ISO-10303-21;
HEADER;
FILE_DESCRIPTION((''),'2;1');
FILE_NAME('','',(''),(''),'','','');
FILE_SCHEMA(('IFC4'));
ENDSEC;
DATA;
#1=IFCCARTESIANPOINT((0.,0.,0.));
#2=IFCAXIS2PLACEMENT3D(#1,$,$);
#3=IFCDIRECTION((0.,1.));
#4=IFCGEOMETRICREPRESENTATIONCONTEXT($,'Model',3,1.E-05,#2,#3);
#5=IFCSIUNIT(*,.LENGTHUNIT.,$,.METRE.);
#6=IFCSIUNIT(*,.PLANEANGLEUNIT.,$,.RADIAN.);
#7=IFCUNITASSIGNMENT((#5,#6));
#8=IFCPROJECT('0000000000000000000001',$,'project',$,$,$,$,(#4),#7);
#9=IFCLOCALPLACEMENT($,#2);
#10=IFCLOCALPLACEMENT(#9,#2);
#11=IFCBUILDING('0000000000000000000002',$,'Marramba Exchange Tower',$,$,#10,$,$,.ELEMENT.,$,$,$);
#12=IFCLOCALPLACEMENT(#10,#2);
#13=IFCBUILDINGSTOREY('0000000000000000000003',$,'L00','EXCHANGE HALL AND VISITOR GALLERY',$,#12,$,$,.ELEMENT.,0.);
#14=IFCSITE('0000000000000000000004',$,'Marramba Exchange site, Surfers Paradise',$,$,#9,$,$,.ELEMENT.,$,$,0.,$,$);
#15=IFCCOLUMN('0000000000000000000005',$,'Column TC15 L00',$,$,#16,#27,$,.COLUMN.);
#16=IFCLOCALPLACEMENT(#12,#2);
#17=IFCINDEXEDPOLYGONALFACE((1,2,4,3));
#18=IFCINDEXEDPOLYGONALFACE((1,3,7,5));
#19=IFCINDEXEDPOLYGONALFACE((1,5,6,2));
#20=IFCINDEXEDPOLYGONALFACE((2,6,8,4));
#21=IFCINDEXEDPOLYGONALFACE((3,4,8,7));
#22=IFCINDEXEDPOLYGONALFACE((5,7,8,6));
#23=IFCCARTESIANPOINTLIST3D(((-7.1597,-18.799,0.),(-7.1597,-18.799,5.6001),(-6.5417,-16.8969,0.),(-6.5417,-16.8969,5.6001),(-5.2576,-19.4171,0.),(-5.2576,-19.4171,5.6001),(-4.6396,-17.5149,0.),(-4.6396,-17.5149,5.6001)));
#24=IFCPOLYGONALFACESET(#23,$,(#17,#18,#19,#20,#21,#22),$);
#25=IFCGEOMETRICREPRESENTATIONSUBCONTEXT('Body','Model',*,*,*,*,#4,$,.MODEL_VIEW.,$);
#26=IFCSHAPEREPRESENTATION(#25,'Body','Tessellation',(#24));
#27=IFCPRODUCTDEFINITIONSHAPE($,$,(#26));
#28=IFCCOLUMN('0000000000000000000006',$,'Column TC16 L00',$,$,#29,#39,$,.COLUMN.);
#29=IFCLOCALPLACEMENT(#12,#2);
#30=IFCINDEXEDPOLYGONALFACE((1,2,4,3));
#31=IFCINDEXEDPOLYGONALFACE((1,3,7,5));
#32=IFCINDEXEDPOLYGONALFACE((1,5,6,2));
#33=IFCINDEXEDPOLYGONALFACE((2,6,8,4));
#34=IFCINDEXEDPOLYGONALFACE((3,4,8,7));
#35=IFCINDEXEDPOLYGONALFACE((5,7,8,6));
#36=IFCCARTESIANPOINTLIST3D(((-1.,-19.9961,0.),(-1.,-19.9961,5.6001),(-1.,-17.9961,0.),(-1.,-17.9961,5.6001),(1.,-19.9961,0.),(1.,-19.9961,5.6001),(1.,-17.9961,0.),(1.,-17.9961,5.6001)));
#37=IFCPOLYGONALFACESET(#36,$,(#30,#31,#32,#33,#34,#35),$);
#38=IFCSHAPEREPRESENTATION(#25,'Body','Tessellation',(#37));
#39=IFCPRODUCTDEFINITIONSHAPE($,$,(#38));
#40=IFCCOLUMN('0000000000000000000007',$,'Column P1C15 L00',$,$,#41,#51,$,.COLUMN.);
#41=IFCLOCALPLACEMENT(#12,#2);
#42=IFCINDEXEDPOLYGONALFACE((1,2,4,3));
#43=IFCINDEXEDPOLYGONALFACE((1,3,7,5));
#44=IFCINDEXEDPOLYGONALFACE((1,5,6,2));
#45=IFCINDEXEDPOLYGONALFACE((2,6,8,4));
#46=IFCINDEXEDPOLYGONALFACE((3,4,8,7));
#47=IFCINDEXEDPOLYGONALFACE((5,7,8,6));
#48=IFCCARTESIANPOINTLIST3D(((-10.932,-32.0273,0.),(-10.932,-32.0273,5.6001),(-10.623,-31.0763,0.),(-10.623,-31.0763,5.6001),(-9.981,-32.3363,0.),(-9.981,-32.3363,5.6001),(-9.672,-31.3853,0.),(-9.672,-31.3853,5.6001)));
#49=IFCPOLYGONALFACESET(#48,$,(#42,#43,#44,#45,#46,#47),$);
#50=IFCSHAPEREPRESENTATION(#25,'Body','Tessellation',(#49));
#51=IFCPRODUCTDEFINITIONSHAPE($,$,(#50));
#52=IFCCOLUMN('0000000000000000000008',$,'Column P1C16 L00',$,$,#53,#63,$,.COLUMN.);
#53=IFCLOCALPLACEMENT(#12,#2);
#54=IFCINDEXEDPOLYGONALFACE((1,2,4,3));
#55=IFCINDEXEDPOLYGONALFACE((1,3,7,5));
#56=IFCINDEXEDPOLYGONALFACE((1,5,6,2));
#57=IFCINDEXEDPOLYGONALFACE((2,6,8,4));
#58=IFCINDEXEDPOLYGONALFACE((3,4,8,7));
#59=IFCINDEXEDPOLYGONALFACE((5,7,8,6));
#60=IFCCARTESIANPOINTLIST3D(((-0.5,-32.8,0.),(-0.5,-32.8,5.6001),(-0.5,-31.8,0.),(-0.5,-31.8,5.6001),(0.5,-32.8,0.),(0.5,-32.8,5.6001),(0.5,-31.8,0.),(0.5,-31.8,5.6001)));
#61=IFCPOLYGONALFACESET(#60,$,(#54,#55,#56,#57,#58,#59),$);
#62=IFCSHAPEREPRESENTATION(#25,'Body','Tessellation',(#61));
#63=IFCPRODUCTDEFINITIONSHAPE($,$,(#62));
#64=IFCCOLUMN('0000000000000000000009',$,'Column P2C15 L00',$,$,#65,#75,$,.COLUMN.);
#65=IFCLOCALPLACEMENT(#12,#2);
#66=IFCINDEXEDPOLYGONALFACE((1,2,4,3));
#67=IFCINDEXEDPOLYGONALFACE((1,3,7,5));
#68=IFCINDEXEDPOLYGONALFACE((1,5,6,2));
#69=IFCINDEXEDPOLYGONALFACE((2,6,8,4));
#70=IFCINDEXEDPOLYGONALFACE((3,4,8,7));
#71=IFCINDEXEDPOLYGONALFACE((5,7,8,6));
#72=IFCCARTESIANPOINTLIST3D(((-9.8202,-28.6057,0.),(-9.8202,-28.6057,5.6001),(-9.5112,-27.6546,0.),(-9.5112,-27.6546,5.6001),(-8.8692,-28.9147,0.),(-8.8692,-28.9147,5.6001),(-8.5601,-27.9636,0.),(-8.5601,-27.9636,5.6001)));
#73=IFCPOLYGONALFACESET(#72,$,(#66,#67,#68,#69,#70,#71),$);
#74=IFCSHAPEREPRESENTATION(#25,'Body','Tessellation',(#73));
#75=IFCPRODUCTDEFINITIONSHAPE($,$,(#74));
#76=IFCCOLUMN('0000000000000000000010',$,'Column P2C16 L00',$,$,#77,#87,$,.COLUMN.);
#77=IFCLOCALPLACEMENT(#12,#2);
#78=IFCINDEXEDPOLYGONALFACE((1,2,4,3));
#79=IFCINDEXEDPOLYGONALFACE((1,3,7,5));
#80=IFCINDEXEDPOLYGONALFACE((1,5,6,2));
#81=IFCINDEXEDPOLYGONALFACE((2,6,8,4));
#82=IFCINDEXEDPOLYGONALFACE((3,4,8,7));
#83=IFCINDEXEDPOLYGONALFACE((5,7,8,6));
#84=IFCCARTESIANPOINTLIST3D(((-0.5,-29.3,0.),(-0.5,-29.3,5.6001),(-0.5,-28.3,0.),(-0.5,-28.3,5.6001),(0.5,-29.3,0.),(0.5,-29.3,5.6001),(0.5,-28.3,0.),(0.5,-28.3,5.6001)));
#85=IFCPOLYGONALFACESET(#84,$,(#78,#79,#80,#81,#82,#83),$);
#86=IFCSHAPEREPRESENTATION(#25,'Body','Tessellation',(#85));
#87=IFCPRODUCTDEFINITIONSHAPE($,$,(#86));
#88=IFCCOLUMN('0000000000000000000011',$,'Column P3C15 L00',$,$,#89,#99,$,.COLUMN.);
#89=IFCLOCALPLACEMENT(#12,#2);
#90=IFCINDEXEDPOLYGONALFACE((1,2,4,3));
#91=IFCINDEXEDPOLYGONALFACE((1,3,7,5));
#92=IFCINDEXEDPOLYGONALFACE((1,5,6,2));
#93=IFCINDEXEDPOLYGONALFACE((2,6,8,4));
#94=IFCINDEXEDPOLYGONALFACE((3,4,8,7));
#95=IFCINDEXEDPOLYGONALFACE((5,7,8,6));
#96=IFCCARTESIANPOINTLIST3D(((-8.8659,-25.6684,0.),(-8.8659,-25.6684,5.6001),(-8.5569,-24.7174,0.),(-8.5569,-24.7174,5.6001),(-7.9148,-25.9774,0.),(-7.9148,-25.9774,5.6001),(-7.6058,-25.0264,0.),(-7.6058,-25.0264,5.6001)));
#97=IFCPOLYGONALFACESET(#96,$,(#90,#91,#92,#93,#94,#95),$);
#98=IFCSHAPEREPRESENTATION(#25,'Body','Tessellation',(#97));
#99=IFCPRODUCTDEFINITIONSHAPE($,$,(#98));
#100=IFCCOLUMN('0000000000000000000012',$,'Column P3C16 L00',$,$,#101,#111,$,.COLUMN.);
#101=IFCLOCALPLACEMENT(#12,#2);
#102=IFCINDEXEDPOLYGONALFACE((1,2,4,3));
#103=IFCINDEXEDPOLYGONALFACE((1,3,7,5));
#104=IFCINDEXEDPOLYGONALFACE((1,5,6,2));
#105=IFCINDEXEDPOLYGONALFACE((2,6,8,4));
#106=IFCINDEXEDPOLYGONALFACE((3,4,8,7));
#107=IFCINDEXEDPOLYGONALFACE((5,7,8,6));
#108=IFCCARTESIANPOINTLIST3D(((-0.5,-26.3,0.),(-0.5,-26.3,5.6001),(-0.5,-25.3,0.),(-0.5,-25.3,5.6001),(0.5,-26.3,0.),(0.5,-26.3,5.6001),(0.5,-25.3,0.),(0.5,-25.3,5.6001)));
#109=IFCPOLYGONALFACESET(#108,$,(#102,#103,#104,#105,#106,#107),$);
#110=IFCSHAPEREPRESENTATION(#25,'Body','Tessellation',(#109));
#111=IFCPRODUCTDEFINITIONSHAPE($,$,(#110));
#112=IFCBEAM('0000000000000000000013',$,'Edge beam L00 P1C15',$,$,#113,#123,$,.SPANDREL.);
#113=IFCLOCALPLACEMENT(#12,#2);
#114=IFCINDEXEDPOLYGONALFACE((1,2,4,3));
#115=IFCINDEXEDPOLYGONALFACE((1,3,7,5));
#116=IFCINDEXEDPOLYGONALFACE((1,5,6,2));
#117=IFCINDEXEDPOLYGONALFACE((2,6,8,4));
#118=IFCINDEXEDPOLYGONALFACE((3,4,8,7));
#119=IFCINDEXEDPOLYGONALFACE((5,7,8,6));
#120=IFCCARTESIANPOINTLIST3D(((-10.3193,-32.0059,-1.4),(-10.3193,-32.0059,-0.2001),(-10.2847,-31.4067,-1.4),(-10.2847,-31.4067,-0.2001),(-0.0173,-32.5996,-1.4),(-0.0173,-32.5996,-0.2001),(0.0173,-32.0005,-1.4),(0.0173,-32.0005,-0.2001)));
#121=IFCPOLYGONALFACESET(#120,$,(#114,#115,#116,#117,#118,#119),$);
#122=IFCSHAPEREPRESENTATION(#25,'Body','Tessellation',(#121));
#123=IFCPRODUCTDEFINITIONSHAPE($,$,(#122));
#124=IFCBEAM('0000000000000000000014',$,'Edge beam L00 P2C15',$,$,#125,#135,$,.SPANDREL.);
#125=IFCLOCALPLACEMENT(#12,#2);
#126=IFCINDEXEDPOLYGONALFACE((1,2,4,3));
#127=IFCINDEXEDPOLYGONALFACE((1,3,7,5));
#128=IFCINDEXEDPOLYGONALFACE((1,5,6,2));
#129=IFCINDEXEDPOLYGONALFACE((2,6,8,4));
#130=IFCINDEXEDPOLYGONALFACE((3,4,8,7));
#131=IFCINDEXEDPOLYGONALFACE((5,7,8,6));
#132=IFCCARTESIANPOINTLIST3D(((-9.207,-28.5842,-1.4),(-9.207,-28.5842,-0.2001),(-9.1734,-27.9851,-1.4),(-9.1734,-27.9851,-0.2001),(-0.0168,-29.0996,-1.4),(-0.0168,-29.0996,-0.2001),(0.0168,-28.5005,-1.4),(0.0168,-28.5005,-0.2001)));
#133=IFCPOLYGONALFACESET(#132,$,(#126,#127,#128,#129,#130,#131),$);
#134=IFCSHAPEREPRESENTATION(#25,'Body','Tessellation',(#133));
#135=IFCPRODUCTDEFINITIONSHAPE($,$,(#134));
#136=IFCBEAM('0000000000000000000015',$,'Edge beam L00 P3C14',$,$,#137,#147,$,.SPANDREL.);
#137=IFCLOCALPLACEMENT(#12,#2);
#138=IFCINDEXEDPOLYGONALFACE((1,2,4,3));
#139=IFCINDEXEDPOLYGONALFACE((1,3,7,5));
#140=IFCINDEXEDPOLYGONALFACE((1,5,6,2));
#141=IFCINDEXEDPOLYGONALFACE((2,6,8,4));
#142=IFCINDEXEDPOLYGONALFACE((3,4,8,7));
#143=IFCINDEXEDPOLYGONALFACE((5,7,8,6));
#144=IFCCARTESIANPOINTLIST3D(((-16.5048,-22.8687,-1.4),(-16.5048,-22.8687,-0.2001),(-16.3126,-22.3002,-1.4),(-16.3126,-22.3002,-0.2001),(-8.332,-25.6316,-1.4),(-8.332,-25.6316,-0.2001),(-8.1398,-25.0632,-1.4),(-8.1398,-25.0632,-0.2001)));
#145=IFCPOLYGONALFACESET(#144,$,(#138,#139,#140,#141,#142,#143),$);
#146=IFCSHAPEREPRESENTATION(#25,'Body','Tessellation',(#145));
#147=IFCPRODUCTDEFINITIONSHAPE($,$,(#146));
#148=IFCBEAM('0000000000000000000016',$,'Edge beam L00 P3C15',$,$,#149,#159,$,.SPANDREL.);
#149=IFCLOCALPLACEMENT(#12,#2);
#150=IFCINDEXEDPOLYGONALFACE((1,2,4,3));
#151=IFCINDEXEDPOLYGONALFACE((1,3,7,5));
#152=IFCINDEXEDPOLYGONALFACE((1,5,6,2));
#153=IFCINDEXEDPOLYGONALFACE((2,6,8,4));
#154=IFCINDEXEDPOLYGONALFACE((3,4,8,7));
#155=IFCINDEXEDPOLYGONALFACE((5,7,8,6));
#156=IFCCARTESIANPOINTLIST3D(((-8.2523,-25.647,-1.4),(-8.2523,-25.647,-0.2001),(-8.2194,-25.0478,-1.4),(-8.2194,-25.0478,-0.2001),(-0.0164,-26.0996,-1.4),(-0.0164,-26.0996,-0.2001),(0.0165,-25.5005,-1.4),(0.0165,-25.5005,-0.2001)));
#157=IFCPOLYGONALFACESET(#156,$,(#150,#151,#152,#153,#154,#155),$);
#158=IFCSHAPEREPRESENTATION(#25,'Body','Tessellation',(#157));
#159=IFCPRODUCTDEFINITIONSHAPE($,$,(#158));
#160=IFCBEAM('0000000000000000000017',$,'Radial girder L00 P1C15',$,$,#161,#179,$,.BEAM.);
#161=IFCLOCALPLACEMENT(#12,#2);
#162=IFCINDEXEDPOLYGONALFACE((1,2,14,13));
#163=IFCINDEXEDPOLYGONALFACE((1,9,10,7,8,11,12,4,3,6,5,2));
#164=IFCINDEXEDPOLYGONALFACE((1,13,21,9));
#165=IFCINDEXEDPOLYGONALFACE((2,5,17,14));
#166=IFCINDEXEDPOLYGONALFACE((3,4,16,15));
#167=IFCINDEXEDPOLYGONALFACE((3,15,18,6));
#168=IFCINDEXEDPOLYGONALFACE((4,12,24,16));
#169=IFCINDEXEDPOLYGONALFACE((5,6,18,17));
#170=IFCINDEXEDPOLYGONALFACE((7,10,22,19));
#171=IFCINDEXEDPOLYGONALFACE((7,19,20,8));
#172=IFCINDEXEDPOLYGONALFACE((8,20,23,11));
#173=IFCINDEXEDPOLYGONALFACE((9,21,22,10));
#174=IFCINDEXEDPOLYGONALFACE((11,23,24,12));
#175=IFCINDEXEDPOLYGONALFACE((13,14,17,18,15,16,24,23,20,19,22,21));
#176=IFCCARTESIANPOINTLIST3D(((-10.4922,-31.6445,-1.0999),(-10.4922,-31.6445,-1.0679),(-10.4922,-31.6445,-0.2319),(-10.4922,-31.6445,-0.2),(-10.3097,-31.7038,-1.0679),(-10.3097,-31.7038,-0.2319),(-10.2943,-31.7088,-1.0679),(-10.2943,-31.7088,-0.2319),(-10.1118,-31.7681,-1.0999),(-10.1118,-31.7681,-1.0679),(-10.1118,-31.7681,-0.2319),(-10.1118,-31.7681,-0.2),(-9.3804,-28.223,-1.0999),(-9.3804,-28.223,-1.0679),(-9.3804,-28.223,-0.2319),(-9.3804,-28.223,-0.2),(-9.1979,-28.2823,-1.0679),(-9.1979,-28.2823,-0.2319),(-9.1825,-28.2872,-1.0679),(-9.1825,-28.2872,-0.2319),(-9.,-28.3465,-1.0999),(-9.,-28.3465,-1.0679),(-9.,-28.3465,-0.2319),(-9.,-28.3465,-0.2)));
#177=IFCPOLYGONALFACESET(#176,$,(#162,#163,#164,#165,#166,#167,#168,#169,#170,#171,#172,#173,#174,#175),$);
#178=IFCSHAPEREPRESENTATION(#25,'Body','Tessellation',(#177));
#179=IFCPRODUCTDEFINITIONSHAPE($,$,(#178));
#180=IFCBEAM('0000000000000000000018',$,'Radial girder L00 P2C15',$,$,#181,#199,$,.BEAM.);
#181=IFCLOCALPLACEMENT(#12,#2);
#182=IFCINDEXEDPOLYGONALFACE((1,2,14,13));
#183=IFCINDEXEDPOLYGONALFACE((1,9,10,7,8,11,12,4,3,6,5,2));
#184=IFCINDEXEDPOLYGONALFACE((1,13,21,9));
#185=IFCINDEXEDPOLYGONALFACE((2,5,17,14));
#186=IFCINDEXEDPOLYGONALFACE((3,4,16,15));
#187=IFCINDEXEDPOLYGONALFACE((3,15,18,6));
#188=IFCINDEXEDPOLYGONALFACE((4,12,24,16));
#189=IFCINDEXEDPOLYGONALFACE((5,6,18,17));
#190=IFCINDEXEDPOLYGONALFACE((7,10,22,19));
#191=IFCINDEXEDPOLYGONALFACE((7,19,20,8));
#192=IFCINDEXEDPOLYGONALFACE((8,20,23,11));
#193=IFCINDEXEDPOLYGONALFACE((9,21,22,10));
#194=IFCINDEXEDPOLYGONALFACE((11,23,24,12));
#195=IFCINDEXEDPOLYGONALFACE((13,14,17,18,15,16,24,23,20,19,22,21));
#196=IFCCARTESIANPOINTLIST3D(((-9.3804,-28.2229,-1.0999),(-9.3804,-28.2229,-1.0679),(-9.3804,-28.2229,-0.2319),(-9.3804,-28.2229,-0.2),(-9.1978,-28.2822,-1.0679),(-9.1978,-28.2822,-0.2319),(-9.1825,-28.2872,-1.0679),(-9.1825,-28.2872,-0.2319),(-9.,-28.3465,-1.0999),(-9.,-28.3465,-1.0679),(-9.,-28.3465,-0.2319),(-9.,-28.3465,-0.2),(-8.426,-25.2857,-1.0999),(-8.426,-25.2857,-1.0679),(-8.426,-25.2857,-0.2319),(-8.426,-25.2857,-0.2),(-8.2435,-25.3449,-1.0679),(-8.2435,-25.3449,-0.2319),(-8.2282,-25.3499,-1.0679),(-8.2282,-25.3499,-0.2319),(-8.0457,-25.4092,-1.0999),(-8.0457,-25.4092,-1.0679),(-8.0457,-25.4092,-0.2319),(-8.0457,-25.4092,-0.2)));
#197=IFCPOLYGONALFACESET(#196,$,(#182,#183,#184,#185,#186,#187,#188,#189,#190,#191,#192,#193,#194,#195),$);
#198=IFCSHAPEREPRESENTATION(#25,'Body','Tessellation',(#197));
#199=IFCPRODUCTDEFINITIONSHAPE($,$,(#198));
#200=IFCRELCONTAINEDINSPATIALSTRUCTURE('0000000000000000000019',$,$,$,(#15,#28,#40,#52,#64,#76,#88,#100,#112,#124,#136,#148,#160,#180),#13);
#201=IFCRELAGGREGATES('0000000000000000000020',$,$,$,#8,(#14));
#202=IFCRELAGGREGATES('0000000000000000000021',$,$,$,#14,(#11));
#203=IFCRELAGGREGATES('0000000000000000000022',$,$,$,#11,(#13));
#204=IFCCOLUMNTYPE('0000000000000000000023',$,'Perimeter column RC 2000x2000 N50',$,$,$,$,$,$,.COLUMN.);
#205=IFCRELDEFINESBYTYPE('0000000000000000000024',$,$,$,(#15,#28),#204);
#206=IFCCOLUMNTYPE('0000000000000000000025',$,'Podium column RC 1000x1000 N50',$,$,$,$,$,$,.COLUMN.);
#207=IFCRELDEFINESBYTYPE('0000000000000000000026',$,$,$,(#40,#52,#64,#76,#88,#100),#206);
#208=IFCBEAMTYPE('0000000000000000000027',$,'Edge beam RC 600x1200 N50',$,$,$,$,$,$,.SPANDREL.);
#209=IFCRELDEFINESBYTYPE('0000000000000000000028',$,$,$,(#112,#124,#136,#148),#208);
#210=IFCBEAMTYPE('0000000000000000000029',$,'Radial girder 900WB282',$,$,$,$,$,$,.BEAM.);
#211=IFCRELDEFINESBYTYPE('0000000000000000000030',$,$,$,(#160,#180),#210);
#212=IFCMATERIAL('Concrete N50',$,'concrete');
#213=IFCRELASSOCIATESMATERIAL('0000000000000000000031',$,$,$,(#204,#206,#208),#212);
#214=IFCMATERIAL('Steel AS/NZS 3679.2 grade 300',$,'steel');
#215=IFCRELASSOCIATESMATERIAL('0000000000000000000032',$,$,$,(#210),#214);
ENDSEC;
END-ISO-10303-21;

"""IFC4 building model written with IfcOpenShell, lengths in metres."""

from ifc_helpers import new_model, si_unit, direction, frame, origin, origin_2d, place, context, subcontext, project, spatial, rectangle, i_section, extrude, material, material_profile, profile_set, type_object, element, save


model = new_model("IFC4")

# Units and contexts
model_context = context("Model", 3, precision=1e-05, world=origin(), true_north=direction((0.0, 1.0)))
body_context = subcontext(model_context, "Body", "Model", "MODEL_VIEW")
ifc_project = project(units=[si_unit("LENGTHUNIT", "METRE"), si_unit("PLANEANGLEUNIT", "RADIAN")], contexts=[model_context])

# Site, building, storey
site_placement = place(None, origin())
site = spatial("IfcSite", under=ifc_project, at=site_placement, Name="Marramba Exchange site, Surfers Paradise", CompositionType="ELEMENT", RefElevation=0.0)
building_placement = place(site_placement, origin())
building = spatial("IfcBuilding", under=site, at=building_placement, Name="Marramba Exchange Tower", CompositionType="ELEMENT")
storey_placement = place(building_placement, origin())
storey = spatial("IfcBuildingStorey", under=building, at=storey_placement, Name="L00", Description="EXCHANGE HALL AND VISITOR GALLERY", CompositionType="ELEMENT", Elevation=0.0)

# Columns
ifc_material_1 = material(Name="Concrete N50", Category="concrete")
ifc_material_profile_1 = material_profile(ifc_material_1, rectangle(XDim=2.0, YDim=2.0, at=origin_2d()), Name="RC 2000x2000")
ifc_profile_set_1 = profile_set([ifc_material_profile_1], Name="Concrete N50")
column_type_1 = type_object("IfcColumnType", Name="Perimeter column RC 2000x2000 N50", PredefinedType="COLUMN", material=ifc_profile_set_1)
for number, where, z_axis, x_axis, name in (
    (1, (-5.8997, -18.157, 0.0), (0.0, 0.0, 1.0), (-0.309017, -0.951057, 0.0), "Column TC15 L00"),
    (2, (0.0, -18.9961, 0.0), (0.0, 0.0, 1.0), (0.0, -1.0, 0.0), "Column TC16 L00"),
):
    element("IfcColumn", number, at=place(storey_placement, frame(where, z_axis=z_axis, x_axis=x_axis)), inside=storey, type_object=column_type_1, Name=name, PredefinedType="COLUMN", context=body_context, shape_type="SweptSolid", body=[
        extrude(rectangle(XDim=2.0, YDim=2.0, at=origin_2d()), origin(), (0.0, 0.0, 1.0), 5.6001),
    ])
ifc_material_profile_2 = material_profile(ifc_material_1, rectangle(XDim=1.0, YDim=1.0, at=origin_2d()), Name="RC 1000x1000")
ifc_profile_set_2 = profile_set([ifc_material_profile_2], Name="Concrete N50")
column_type_2 = type_object("IfcColumnType", Name="Podium column RC 1000x1000 N50", PredefinedType="COLUMN", material=ifc_profile_set_2)
for number, where, z_axis, x_axis, name in (
    (3, (-10.302, -31.7063, 0.0), (0.0, 0.0, 1.0), (-0.309017, -0.951057, 0.0), "Column P1C15 L00"),
    (4, (0.0, -32.3, 0.0), (0.0, 0.0, 1.0), (0.0, -1.0, 0.0), "Column P1C16 L00"),
    (5, (-9.1902, -28.2847, 0.0), (0.0, 0.0, 1.0), (-0.309017, -0.951057, 0.0), "Column P2C15 L00"),
    (6, (0.0, -28.8, 0.0), (0.0, 0.0, 1.0), (0.0, -1.0, 0.0), "Column P2C16 L00"),
    (7, (-8.2358, -25.3474, 0.0), (0.0, 0.0, 1.0), (-0.309017, -0.951057, 0.0), "Column P3C15 L00"),
    (8, (0.0, -25.8, 0.0), (0.0, 0.0, 1.0), (0.0, -1.0, 0.0), "Column P3C16 L00"),
):
    element("IfcColumn", number, at=place(storey_placement, frame(where, z_axis=z_axis, x_axis=x_axis)), inside=storey, type_object=column_type_2, Name=name, PredefinedType="COLUMN", context=body_context, shape_type="SweptSolid", body=[
        extrude(rectangle(XDim=1.0, YDim=1.0, at=origin_2d()), origin(), (0.0, 0.0, 1.0), 5.6001),
    ])

# Beams
ifc_material_profile_3 = material_profile(ifc_material_1, rectangle(XDim=0.6001, YDim=1.2, at=origin_2d()), Name="RC 600x1200")
ifc_profile_set_3 = profile_set([ifc_material_profile_3], Name="Concrete N50")
beam_type_1 = type_object("IfcBeamType", Name="Edge beam RC 600x1200 N50", PredefinedType="SPANDREL", material=ifc_profile_set_3)
beam_1_placement = place(storey_placement, frame((-10.302, -31.7063, -0.8), z_axis=(0.998343, -0.057539, 0.0), x_axis=(0.057539, 0.998343, 0.0)))
element("IfcBeam", 9, at=beam_1_placement, inside=storey, type_object=beam_type_1, Name="Edge beam L00 P1C15", PredefinedType="SPANDREL", context=body_context, shape_type="SweptSolid", body=[
    extrude(rectangle(XDim=0.6001, YDim=1.2, at=origin_2d()), origin(), (0.0, 0.0, 1.0), 10.3191),
])
beam_2_placement = place(storey_placement, frame((-9.1902, -28.2847, -0.8), z_axis=(0.998431, -0.055992, 0.0), x_axis=(0.055992, 0.998431, 0.0)))
element("IfcBeam", 10, at=beam_2_placement, inside=storey, type_object=beam_type_1, Name="Edge beam L00 P2C15", PredefinedType="SPANDREL", context=body_context, shape_type="SweptSolid", body=[
    extrude(rectangle(XDim=0.6001, YDim=1.2, at=origin_2d()), origin(), (0.0, 0.0, 1.0), 9.2046),
])
beam_3_placement = place(storey_placement, frame((-16.4087, -22.5845, -0.8), z_axis=(0.947331, -0.320257, 0.0), x_axis=(0.320257, 0.947331, 0.0)))
element("IfcBeam", 11, at=beam_3_placement, inside=storey, type_object=beam_type_1, Name="Edge beam L00 P3C14", PredefinedType="SPANDREL", context=body_context, shape_type="SweptSolid", body=[
    extrude(rectangle(XDim=0.6001, YDim=1.2, at=origin_2d()), origin(), (0.0, 0.0, 1.0), 8.6272),
])
beam_4_placement = place(storey_placement, frame((-8.2358, -25.3474, -0.8), z_axis=(0.998493, -0.054877, 0.0), x_axis=(0.054877, 0.998493, 0.0)))
element("IfcBeam", 12, at=beam_4_placement, inside=storey, type_object=beam_type_1, Name="Edge beam L00 P3C15", PredefinedType="SPANDREL", context=body_context, shape_type="SweptSolid", body=[
    extrude(rectangle(XDim=0.6001, YDim=1.2, at=origin_2d()), origin(), (0.0, 0.0, 1.0), 8.2483),
])
ifc_material_2 = material(Name="Steel AS/NZS 3679.2 grade 300", Category="steel")
ifc_material_profile_4 = material_profile(ifc_material_2, i_section(OverallWidth=0.3999, OverallDepth=0.8999, WebThickness=0.0161, FlangeThickness=0.032, at=origin_2d()), Name="900WB282")
ifc_profile_set_4 = profile_set([ifc_material_profile_4], Name="Steel AS/NZS 3679.2 grade 300")
beam_type_2 = type_object("IfcBeamType", Name="Radial girder 900WB282", PredefinedType="BEAM", material=ifc_profile_set_4)
beam_5_placement = place(storey_placement, frame((-10.302, -31.7063, -0.6499), z_axis=(0.309032, 0.951052, 0.0), x_axis=(-0.951052, 0.309032, 0.0)))
element("IfcBeam", 13, at=beam_5_placement, inside=storey, type_object=beam_type_2, Name="Radial girder L00 P1C15", PredefinedType="BEAM", context=body_context, shape_type="SweptSolid", body=[
    extrude(i_section(OverallWidth=0.3999, OverallDepth=0.8999, WebThickness=0.0161, FlangeThickness=0.032, at=origin_2d()), origin(), (0.0, 0.0, 1.0), 3.5977),
])
beam_6_placement = place(storey_placement, frame((-9.1902, -28.2847, -0.6499), z_axis=(0.309009, 0.951059, 0.0), x_axis=(-0.951059, 0.309009, 0.0)))
element("IfcBeam", 14, at=beam_6_placement, inside=storey, type_object=beam_type_2, Name="Radial girder L00 P2C15", PredefinedType="BEAM", context=body_context, shape_type="SweptSolid", body=[
    extrude(i_section(OverallWidth=0.3999, OverallDepth=0.8999, WebThickness=0.0161, FlangeThickness=0.032, at=origin_2d()), origin(), (0.0, 0.0, 1.0), 3.0884),
])

save(model, "model.ifc")
